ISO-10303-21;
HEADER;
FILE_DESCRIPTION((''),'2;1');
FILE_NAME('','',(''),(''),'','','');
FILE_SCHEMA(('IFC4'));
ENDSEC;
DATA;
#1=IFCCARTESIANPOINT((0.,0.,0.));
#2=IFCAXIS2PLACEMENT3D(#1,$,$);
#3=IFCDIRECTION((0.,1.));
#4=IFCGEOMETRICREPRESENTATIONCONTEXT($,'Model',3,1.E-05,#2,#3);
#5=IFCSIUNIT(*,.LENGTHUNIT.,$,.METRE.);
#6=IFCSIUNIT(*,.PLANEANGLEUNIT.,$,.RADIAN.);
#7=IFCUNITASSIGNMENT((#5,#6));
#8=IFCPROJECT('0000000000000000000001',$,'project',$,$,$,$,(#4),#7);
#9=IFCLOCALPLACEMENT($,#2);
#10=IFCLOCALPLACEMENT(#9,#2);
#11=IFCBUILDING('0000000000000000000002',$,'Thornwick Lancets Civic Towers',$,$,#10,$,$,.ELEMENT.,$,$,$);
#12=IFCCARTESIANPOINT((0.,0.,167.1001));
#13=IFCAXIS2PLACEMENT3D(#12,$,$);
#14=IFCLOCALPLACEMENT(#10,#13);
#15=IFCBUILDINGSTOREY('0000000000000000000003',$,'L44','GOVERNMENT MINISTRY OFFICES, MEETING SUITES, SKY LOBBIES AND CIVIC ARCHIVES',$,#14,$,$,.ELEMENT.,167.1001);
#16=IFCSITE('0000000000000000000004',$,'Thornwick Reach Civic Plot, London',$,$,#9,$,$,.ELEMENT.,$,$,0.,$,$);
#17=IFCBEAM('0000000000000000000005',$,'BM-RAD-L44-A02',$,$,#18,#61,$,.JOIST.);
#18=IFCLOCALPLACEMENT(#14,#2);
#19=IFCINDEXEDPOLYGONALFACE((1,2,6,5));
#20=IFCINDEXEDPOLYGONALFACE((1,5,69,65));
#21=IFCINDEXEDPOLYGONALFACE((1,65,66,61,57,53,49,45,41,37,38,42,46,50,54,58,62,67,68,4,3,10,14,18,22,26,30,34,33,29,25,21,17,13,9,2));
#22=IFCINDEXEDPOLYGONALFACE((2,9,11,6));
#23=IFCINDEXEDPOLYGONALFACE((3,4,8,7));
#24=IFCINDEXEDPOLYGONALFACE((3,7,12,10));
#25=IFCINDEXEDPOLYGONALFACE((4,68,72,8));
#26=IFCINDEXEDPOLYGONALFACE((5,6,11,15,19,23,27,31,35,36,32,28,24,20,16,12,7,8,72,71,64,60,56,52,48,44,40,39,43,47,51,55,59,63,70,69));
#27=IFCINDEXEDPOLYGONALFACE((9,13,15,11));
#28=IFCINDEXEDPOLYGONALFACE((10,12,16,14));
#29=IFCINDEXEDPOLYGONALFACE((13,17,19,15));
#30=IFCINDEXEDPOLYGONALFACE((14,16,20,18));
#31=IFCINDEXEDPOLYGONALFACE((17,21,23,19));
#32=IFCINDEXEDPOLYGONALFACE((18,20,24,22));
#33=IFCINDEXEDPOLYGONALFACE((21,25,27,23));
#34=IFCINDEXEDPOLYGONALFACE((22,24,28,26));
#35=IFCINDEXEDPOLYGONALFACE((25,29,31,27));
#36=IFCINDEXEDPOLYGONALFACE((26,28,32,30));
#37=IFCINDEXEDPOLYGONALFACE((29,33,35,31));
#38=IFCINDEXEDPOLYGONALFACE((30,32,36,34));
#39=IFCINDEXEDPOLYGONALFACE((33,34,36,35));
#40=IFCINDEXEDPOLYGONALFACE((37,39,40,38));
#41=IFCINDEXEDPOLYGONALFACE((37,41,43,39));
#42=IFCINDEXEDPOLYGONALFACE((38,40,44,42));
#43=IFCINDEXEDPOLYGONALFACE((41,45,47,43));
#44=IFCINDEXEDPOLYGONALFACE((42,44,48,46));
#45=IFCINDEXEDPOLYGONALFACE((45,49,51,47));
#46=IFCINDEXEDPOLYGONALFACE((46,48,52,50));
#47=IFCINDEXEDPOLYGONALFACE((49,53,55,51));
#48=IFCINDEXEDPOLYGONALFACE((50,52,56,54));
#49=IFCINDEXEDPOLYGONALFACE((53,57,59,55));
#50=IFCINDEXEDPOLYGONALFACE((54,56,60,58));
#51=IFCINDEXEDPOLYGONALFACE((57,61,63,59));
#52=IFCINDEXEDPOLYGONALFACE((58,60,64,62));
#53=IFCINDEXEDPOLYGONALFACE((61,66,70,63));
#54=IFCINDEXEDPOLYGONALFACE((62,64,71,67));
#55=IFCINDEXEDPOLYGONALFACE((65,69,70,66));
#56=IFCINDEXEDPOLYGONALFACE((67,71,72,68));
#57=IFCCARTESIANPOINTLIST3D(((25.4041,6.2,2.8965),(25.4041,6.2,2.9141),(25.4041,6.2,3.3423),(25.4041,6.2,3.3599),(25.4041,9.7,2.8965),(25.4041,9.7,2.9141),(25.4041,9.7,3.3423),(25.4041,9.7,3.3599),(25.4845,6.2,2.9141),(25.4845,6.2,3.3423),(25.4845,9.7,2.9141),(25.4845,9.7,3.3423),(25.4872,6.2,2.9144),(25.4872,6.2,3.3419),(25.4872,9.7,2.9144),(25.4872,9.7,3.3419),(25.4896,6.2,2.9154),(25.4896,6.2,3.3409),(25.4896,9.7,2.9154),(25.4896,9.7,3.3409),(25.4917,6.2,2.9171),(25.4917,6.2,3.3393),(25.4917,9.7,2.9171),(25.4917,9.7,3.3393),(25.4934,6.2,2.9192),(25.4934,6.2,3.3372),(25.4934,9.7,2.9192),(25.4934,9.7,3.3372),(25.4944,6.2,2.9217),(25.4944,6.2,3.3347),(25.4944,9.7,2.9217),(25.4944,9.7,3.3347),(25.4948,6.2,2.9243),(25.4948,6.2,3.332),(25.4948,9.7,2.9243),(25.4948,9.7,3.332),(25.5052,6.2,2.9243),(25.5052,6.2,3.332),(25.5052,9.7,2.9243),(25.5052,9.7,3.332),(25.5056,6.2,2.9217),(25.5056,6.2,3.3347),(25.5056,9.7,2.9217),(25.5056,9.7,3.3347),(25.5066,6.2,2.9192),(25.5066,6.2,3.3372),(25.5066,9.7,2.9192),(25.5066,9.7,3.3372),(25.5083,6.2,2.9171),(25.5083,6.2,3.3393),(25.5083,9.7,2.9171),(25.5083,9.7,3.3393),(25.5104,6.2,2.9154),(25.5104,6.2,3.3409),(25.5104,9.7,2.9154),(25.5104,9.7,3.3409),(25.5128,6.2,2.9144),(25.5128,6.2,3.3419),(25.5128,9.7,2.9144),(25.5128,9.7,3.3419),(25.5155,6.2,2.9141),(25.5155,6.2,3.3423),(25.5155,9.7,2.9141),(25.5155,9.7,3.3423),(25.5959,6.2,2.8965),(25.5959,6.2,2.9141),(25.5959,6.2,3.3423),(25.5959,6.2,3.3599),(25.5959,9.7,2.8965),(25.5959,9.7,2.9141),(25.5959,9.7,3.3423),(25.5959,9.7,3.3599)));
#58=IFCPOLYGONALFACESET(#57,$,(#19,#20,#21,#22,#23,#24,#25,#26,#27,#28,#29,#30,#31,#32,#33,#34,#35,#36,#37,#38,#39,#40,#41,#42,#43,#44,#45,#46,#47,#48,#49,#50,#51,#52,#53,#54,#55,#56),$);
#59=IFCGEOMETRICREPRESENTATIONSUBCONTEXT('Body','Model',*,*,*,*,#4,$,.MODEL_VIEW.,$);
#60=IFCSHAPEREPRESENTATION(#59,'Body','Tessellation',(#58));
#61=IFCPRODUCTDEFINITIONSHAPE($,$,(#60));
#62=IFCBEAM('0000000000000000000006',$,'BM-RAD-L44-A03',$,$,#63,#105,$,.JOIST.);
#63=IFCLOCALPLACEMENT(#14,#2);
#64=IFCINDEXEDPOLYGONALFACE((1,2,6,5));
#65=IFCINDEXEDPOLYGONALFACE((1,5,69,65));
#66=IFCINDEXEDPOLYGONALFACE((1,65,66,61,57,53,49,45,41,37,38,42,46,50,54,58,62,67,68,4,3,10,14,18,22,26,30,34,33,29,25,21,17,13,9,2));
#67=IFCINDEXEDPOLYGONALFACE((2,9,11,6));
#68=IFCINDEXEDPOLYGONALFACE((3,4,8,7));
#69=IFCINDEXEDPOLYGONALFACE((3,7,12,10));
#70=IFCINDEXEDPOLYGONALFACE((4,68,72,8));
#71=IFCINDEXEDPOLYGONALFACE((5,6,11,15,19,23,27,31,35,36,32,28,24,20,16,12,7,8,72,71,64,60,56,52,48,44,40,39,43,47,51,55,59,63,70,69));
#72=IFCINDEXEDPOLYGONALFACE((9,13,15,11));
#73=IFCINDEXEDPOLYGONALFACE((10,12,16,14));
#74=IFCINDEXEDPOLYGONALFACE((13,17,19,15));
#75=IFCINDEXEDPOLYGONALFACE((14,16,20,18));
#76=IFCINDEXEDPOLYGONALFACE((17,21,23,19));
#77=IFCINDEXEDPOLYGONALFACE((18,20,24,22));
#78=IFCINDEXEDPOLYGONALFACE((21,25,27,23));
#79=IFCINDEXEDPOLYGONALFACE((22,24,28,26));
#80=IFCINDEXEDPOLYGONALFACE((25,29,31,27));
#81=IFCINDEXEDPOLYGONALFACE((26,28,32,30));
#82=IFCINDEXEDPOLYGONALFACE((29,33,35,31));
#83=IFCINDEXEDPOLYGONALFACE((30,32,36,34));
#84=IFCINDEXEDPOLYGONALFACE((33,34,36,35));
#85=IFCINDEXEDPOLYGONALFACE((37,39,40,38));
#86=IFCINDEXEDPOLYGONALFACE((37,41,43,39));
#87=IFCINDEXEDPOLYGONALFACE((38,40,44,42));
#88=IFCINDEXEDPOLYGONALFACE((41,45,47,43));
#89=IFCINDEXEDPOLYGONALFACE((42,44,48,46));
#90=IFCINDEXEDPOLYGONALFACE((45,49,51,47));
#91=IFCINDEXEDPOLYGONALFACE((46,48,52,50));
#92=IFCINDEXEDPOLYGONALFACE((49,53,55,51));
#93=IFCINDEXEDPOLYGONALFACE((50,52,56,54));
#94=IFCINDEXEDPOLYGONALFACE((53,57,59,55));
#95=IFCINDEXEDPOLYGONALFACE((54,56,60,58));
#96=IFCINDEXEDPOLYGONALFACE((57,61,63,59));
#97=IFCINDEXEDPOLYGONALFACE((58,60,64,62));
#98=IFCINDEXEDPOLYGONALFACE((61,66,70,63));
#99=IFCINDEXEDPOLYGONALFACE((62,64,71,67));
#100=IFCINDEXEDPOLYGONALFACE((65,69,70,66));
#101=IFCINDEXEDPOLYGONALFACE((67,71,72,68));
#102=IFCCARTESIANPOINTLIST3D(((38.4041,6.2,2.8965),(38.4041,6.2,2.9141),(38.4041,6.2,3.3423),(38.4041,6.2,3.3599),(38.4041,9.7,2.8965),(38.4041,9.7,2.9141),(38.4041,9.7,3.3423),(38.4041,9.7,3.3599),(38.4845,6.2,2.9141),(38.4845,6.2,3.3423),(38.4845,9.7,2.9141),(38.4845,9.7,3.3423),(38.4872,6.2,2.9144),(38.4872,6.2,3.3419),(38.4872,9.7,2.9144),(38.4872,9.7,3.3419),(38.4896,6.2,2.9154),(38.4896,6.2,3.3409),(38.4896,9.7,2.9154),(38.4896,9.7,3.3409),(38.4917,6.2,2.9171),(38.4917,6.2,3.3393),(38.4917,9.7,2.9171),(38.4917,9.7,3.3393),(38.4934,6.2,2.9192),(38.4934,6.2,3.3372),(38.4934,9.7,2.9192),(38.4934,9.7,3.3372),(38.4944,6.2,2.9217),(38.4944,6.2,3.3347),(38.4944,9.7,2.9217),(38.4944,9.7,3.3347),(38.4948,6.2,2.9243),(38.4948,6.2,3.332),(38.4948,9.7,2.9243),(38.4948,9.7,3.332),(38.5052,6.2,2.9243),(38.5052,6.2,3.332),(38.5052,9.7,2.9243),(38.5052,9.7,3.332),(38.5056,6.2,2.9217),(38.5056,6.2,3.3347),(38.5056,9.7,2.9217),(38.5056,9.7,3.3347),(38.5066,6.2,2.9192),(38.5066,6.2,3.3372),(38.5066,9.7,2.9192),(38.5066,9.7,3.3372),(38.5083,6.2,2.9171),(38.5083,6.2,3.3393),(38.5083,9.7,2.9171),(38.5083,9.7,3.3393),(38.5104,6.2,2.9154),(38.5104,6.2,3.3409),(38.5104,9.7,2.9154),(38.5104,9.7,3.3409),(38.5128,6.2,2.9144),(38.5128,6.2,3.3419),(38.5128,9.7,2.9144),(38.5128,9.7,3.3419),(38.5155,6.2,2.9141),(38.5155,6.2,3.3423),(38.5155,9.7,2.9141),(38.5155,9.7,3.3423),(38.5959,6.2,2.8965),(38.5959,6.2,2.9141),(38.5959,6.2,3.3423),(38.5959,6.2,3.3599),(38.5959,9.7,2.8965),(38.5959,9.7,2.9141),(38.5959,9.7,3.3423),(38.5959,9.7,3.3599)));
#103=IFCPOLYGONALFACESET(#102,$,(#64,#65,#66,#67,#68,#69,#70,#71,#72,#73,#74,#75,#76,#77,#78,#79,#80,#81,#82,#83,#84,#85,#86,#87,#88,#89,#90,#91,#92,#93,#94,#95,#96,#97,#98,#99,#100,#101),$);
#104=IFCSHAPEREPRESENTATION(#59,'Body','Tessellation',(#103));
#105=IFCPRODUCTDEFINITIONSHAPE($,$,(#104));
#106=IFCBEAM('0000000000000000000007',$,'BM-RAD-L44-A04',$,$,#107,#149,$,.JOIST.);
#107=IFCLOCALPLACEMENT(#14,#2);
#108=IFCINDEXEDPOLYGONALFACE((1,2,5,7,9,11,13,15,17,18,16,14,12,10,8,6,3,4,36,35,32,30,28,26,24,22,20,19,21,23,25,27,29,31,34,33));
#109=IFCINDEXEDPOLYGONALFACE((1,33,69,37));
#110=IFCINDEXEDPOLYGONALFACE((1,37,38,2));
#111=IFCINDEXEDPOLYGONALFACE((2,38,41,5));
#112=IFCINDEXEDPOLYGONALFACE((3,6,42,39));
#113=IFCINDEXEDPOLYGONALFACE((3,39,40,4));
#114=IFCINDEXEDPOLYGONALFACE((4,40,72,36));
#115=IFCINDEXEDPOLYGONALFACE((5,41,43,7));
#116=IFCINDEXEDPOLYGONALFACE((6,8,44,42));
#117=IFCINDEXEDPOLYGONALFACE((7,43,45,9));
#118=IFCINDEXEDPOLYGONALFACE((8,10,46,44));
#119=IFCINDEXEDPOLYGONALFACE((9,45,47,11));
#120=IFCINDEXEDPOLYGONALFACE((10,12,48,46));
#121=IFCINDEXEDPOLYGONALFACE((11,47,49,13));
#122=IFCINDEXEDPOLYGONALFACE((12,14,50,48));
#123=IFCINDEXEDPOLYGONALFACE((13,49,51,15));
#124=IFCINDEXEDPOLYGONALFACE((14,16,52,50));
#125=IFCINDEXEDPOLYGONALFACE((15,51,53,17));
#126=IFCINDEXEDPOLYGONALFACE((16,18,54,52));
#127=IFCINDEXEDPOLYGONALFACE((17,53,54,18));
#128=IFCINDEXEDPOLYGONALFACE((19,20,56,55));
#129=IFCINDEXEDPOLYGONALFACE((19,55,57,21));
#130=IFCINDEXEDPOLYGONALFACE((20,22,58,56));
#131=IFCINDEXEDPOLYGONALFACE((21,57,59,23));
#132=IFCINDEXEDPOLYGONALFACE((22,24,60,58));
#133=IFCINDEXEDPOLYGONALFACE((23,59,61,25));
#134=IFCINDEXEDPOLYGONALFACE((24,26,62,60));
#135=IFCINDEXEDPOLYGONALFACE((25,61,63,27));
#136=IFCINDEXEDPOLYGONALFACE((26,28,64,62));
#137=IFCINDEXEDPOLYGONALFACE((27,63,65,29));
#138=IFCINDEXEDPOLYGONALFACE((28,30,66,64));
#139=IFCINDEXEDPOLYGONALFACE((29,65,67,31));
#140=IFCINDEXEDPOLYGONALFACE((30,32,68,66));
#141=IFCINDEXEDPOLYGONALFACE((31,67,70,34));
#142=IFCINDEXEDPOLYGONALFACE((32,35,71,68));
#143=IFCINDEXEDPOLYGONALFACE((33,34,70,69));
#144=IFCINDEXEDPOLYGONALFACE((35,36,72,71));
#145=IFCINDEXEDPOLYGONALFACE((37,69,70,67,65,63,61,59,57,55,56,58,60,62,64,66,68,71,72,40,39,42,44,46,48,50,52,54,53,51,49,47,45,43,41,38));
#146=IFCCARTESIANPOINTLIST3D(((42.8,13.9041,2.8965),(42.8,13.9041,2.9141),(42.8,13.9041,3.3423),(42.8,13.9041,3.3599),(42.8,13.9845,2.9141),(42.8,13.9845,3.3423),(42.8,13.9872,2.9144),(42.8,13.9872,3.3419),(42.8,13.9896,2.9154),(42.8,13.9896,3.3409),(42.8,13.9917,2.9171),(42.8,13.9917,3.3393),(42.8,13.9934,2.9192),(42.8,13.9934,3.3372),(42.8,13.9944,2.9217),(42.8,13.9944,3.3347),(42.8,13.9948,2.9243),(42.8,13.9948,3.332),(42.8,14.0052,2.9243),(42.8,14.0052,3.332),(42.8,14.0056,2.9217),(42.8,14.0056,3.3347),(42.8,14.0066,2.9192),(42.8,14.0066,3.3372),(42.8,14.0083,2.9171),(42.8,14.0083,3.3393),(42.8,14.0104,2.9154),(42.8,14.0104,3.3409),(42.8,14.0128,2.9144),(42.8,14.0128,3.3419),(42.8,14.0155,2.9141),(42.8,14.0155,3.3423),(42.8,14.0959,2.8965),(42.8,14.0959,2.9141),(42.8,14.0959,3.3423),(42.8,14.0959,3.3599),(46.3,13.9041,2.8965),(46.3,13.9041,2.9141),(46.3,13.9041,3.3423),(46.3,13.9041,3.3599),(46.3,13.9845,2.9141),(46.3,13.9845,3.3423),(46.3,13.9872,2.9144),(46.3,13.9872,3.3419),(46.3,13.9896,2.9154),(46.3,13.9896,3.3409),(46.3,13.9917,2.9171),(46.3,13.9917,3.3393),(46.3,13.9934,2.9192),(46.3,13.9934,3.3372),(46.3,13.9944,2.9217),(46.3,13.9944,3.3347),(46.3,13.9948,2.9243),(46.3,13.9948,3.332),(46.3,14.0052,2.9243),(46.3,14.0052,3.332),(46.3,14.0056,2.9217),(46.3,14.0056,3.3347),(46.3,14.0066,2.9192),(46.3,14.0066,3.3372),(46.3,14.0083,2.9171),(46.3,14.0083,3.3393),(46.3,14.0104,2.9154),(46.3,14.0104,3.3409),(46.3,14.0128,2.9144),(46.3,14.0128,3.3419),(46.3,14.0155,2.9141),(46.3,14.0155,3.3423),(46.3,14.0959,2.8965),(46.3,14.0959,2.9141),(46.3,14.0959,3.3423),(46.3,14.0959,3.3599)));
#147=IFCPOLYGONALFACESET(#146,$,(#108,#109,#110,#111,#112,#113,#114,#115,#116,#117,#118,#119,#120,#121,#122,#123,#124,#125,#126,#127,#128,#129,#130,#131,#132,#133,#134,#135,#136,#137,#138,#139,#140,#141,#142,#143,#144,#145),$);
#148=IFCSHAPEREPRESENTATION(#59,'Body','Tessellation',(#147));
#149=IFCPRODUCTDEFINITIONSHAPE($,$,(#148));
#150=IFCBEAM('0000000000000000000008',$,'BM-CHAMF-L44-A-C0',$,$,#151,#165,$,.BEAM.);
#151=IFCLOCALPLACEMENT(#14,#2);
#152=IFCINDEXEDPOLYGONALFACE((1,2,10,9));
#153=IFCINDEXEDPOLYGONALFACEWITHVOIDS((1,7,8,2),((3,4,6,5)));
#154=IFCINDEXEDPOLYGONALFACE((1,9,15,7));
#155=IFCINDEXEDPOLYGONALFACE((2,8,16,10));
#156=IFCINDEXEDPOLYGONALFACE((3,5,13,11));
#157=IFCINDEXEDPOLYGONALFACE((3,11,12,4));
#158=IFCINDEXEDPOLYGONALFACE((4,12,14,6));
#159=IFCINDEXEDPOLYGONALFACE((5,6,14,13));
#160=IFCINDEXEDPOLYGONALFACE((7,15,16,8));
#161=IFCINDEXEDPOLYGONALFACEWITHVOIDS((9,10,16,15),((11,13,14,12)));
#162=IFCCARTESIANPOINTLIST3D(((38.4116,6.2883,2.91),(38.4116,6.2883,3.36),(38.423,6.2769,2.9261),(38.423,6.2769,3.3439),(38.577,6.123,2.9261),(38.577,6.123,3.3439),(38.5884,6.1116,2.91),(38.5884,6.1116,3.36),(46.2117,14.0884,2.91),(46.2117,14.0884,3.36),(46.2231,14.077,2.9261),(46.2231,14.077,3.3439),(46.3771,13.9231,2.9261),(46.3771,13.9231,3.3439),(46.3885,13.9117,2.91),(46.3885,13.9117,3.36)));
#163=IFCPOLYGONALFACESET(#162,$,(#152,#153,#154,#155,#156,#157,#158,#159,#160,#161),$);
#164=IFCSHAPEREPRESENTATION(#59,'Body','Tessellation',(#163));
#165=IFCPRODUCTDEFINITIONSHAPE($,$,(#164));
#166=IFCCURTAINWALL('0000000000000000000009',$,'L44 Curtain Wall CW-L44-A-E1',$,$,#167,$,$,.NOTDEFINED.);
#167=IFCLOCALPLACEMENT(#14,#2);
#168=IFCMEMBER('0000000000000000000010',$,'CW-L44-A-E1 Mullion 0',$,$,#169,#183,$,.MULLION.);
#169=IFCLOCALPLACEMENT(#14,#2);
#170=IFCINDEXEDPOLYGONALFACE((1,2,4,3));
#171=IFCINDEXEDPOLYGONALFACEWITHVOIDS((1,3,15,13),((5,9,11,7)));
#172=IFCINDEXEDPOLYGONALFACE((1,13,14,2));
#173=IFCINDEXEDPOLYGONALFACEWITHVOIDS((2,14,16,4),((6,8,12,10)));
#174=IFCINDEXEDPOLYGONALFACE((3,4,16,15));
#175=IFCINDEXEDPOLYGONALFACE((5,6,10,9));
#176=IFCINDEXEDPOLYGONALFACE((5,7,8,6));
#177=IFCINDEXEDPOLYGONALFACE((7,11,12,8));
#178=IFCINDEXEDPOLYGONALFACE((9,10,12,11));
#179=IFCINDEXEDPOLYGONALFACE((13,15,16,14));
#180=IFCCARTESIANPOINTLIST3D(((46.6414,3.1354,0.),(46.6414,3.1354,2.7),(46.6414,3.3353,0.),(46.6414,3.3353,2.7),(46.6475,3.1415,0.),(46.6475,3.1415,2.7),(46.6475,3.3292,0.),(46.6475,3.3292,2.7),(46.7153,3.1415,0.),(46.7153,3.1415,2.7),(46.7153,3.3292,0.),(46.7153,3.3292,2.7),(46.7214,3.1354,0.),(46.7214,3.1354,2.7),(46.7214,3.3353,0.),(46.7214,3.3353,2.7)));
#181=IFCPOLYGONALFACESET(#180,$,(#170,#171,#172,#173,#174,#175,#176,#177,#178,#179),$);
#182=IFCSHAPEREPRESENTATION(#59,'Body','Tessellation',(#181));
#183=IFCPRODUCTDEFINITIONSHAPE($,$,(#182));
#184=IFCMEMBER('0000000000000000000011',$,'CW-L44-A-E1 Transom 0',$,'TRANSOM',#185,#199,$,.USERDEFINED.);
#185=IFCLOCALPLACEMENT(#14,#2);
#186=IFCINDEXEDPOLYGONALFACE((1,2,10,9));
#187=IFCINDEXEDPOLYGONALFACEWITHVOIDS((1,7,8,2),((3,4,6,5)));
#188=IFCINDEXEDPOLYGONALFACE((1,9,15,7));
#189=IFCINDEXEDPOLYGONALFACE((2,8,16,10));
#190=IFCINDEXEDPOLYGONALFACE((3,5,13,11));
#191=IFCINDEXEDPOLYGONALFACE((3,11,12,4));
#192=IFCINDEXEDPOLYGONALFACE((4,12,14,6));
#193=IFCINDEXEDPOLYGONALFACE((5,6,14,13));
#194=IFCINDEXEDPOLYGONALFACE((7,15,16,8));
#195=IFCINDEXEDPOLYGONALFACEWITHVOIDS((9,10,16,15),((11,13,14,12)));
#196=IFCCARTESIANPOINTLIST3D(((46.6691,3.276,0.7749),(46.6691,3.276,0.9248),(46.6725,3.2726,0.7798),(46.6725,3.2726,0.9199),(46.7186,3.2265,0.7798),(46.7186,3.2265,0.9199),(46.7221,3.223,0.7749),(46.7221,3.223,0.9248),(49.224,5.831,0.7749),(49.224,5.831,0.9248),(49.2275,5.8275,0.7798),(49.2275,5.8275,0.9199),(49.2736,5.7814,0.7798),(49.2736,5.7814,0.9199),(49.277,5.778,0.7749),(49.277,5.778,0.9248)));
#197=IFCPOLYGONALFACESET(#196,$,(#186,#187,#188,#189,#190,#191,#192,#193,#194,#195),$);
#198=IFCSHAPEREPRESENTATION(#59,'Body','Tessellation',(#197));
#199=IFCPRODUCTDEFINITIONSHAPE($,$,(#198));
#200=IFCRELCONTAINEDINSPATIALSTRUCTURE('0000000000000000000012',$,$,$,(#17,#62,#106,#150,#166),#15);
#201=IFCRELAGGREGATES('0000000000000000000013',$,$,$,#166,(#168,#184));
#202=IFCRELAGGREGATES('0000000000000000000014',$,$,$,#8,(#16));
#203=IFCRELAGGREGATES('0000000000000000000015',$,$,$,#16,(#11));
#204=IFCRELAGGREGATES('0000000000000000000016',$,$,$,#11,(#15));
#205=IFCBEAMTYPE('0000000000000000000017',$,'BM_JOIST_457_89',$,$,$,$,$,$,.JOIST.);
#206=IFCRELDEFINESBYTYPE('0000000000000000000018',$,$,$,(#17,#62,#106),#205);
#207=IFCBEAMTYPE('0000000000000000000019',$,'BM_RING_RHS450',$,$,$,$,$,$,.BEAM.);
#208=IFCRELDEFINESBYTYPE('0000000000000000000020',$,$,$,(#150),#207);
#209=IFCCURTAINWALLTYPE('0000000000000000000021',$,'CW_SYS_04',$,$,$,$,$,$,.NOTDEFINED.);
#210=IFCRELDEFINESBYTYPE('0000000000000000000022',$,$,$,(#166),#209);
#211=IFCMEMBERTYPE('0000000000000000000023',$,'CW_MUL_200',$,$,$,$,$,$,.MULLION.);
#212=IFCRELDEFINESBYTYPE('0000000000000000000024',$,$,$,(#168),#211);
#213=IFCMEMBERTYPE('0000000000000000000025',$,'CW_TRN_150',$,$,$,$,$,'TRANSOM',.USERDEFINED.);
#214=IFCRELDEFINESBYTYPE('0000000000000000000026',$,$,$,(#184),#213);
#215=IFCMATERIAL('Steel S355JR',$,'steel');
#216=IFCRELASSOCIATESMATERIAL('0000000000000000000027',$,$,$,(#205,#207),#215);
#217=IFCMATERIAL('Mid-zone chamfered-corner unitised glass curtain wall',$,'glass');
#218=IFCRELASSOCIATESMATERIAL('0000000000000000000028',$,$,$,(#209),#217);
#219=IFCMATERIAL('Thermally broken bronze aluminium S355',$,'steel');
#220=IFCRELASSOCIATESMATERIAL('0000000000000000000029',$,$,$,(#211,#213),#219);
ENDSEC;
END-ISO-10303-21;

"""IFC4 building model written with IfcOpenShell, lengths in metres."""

from ifc_helpers import new_model, si_unit, direction, frame, origin, origin_2d, place, context, subcontext, project, spatial, hollow_rectangle, i_section, extrude, material, material_profile, profile_set, type_object, element, aggregate, save


model = new_model("IFC4")

# Units and contexts
model_context = context("Model", 3, precision=1e-05, world=origin(), true_north=direction((0.0, 1.0)))
body_context = subcontext(model_context, "Body", "Model", "MODEL_VIEW")
ifc_project = project(units=[si_unit("LENGTHUNIT", "METRE"), si_unit("PLANEANGLEUNIT", "RADIAN")], contexts=[model_context])

# Site, building, storey
site_placement = place(None, origin())
site = spatial("IfcSite", under=ifc_project, at=site_placement, Name="Thornwick Reach Civic Plot, London", CompositionType="ELEMENT", RefElevation=0.0)
building_placement = place(site_placement, origin())
building = spatial("IfcBuilding", under=site, at=building_placement, Name="Thornwick Lancets Civic Towers", CompositionType="ELEMENT")
storey_placement = place(building_placement, frame((0.0, 0.0, 167.1001)))
storey = spatial("IfcBuildingStorey", under=building, at=storey_placement, Name="L44", Description="GOVERNMENT MINISTRY OFFICES, MEETING SUITES, SKY LOBBIES AND CIVIC ARCHIVES", CompositionType="ELEMENT", Elevation=167.1001)

# Beams
ifc_material_1 = material(Name="Steel S355JR", Category="steel")
ifc_material_profile_1 = material_profile(ifc_material_1, i_section(OverallWidth=0.1919, OverallDepth=0.4634, WebThickness=0.0105, FlangeThickness=0.0176, FilletRadius=0.0103, at=origin_2d()), Name="UKB 457x191x89")
ifc_profile_set_1 = profile_set([ifc_material_profile_1], Name="Steel S355JR")
beam_type_1 = type_object("IfcBeamType", Name="BM_JOIST_457_89", PredefinedType="JOIST", material=ifc_profile_set_1)
for number, where, z_axis, x_axis, name in (
    (1, (25.5, 9.7, 3.1282), (0.0, -1.0, 0.0), (1.0, 0.0, 0.0), "BM-RAD-L44-A02"),
    (2, (38.5, 9.7, 3.1282), (0.0, -1.0, 0.0), (1.0, 0.0, 0.0), "BM-RAD-L44-A03"),
    (3, (42.8, 14.0, 3.1282), (1.0, 0.0, 0.0), (0.0, 1.0, 0.0), "BM-RAD-L44-A04"),
):
    element("IfcBeam", number, at=place(storey_placement, frame(where, z_axis=z_axis, x_axis=x_axis)), inside=storey, type_object=beam_type_1, Name=name, PredefinedType="JOIST", context=body_context, shape_type="SweptSolid", body=[
        extrude(i_section(OverallWidth=0.1919, OverallDepth=0.4634, WebThickness=0.0105, FlangeThickness=0.0176, FilletRadius=0.0103, at=origin_2d()), origin(), (0.0, 0.0, 1.0), 3.5),
    ])
ifc_material_profile_2 = material_profile(ifc_material_1, hollow_rectangle(XDim=0.25, YDim=0.45, WallThickness=0.0161, at=origin_2d()), Name="RHS 450x250x16")
ifc_profile_set_2 = profile_set([ifc_material_profile_2], Name="Steel S355JR")
beam_type_2 = type_object("IfcBeamType", Name="BM_RING_RHS450", PredefinedType="BEAM", material=ifc_profile_set_2)
beam_1_placement = place(storey_placement, frame((38.5, 6.2, 3.135), z_axis=(0.707107, 0.707107, 0.0), x_axis=(-0.707107, 0.707107, 0.0)))
element("IfcBeam", 4, at=beam_1_placement, inside=storey, type_object=beam_type_2, Name="BM-CHAMF-L44-A-C0", PredefinedType="BEAM", context=body_context, shape_type="SweptSolid", body=[
    extrude(hollow_rectangle(XDim=0.25, YDim=0.45, WallThickness=0.0161, at=origin_2d()), origin(), (0.0, 0.0, 1.0), 11.031),
])

# Curtain wall, members
ifc_material_2 = material(Name="Mid-zone chamfered-corner unitised glass curtain wall", Category="glass")
curtain_wall_type = type_object("IfcCurtainWallType", Name="CW_SYS_04", PredefinedType="NOTDEFINED", material=ifc_material_2)
curtain_wall_placement = place(storey_placement, origin())
curtain_wall = element("IfcCurtainWall", 5, at=curtain_wall_placement, inside=storey, type_object=curtain_wall_type, Name="L44 Curtain Wall CW-L44-A-E1", PredefinedType="NOTDEFINED")
ifc_material_3 = material(Name="Thermally broken bronze aluminium S355", Category="steel")
ifc_material_profile_3 = material_profile(ifc_material_3, hollow_rectangle(XDim=0.0801, YDim=0.2, WallThickness=0.0061, at=origin_2d()), Name="RHS 200x80x6")
ifc_profile_set_3 = profile_set([ifc_material_profile_3], Name="Thermally broken bronze aluminium S355")
member_type_1 = type_object("IfcMemberType", Name="CW_MUL_200", PredefinedType="MULLION", material=ifc_profile_set_3)
member_1_placement = place(storey_placement, frame((46.6814, 3.2354, 0.0), z_axis=(0.0, 0.0, 1.0), x_axis=(1.0, 0.0, 0.0)))
member_1 = element("IfcMember", 6, at=member_1_placement, type_object=member_type_1, Name="CW-L44-A-E1 Mullion 0", PredefinedType="MULLION", context=body_context, shape_type="SweptSolid", body=[
    extrude(hollow_rectangle(XDim=0.0801, YDim=0.2, WallThickness=0.0061, at=origin_2d()), origin(), (0.0, 0.0, 1.0), 2.7),
])
ifc_material_profile_4 = material_profile(ifc_material_3, hollow_rectangle(XDim=0.075, YDim=0.1499, WallThickness=0.0049, at=origin_2d()), Name="RHS 150x75x5")
ifc_profile_set_4 = profile_set([ifc_material_profile_4], Name="Thermally broken bronze aluminium S355")
member_type_2 = type_object("IfcMemberType", Name="CW_TRN_150", ElementType="TRANSOM", PredefinedType="USERDEFINED", material=ifc_profile_set_4)
member_2_placement = place(storey_placement, frame((46.6956, 3.2495, 0.8499), z_axis=(0.707107, 0.707107, 0.0), x_axis=(-0.707107, 0.707107, 0.0)))
member_2 = element("IfcMember", 7, at=member_2_placement, type_object=member_type_2, Name="CW-L44-A-E1 Transom 0", ObjectType="TRANSOM", PredefinedType="USERDEFINED", context=body_context, shape_type="SweptSolid", body=[
    extrude(hollow_rectangle(XDim=0.075, YDim=0.1499, WallThickness=0.0049, at=origin_2d()), origin(), (0.0, 0.0, 1.0), 3.6133),
])
aggregate(curtain_wall, [member_1, member_2])

save(model, "model.ifc")
